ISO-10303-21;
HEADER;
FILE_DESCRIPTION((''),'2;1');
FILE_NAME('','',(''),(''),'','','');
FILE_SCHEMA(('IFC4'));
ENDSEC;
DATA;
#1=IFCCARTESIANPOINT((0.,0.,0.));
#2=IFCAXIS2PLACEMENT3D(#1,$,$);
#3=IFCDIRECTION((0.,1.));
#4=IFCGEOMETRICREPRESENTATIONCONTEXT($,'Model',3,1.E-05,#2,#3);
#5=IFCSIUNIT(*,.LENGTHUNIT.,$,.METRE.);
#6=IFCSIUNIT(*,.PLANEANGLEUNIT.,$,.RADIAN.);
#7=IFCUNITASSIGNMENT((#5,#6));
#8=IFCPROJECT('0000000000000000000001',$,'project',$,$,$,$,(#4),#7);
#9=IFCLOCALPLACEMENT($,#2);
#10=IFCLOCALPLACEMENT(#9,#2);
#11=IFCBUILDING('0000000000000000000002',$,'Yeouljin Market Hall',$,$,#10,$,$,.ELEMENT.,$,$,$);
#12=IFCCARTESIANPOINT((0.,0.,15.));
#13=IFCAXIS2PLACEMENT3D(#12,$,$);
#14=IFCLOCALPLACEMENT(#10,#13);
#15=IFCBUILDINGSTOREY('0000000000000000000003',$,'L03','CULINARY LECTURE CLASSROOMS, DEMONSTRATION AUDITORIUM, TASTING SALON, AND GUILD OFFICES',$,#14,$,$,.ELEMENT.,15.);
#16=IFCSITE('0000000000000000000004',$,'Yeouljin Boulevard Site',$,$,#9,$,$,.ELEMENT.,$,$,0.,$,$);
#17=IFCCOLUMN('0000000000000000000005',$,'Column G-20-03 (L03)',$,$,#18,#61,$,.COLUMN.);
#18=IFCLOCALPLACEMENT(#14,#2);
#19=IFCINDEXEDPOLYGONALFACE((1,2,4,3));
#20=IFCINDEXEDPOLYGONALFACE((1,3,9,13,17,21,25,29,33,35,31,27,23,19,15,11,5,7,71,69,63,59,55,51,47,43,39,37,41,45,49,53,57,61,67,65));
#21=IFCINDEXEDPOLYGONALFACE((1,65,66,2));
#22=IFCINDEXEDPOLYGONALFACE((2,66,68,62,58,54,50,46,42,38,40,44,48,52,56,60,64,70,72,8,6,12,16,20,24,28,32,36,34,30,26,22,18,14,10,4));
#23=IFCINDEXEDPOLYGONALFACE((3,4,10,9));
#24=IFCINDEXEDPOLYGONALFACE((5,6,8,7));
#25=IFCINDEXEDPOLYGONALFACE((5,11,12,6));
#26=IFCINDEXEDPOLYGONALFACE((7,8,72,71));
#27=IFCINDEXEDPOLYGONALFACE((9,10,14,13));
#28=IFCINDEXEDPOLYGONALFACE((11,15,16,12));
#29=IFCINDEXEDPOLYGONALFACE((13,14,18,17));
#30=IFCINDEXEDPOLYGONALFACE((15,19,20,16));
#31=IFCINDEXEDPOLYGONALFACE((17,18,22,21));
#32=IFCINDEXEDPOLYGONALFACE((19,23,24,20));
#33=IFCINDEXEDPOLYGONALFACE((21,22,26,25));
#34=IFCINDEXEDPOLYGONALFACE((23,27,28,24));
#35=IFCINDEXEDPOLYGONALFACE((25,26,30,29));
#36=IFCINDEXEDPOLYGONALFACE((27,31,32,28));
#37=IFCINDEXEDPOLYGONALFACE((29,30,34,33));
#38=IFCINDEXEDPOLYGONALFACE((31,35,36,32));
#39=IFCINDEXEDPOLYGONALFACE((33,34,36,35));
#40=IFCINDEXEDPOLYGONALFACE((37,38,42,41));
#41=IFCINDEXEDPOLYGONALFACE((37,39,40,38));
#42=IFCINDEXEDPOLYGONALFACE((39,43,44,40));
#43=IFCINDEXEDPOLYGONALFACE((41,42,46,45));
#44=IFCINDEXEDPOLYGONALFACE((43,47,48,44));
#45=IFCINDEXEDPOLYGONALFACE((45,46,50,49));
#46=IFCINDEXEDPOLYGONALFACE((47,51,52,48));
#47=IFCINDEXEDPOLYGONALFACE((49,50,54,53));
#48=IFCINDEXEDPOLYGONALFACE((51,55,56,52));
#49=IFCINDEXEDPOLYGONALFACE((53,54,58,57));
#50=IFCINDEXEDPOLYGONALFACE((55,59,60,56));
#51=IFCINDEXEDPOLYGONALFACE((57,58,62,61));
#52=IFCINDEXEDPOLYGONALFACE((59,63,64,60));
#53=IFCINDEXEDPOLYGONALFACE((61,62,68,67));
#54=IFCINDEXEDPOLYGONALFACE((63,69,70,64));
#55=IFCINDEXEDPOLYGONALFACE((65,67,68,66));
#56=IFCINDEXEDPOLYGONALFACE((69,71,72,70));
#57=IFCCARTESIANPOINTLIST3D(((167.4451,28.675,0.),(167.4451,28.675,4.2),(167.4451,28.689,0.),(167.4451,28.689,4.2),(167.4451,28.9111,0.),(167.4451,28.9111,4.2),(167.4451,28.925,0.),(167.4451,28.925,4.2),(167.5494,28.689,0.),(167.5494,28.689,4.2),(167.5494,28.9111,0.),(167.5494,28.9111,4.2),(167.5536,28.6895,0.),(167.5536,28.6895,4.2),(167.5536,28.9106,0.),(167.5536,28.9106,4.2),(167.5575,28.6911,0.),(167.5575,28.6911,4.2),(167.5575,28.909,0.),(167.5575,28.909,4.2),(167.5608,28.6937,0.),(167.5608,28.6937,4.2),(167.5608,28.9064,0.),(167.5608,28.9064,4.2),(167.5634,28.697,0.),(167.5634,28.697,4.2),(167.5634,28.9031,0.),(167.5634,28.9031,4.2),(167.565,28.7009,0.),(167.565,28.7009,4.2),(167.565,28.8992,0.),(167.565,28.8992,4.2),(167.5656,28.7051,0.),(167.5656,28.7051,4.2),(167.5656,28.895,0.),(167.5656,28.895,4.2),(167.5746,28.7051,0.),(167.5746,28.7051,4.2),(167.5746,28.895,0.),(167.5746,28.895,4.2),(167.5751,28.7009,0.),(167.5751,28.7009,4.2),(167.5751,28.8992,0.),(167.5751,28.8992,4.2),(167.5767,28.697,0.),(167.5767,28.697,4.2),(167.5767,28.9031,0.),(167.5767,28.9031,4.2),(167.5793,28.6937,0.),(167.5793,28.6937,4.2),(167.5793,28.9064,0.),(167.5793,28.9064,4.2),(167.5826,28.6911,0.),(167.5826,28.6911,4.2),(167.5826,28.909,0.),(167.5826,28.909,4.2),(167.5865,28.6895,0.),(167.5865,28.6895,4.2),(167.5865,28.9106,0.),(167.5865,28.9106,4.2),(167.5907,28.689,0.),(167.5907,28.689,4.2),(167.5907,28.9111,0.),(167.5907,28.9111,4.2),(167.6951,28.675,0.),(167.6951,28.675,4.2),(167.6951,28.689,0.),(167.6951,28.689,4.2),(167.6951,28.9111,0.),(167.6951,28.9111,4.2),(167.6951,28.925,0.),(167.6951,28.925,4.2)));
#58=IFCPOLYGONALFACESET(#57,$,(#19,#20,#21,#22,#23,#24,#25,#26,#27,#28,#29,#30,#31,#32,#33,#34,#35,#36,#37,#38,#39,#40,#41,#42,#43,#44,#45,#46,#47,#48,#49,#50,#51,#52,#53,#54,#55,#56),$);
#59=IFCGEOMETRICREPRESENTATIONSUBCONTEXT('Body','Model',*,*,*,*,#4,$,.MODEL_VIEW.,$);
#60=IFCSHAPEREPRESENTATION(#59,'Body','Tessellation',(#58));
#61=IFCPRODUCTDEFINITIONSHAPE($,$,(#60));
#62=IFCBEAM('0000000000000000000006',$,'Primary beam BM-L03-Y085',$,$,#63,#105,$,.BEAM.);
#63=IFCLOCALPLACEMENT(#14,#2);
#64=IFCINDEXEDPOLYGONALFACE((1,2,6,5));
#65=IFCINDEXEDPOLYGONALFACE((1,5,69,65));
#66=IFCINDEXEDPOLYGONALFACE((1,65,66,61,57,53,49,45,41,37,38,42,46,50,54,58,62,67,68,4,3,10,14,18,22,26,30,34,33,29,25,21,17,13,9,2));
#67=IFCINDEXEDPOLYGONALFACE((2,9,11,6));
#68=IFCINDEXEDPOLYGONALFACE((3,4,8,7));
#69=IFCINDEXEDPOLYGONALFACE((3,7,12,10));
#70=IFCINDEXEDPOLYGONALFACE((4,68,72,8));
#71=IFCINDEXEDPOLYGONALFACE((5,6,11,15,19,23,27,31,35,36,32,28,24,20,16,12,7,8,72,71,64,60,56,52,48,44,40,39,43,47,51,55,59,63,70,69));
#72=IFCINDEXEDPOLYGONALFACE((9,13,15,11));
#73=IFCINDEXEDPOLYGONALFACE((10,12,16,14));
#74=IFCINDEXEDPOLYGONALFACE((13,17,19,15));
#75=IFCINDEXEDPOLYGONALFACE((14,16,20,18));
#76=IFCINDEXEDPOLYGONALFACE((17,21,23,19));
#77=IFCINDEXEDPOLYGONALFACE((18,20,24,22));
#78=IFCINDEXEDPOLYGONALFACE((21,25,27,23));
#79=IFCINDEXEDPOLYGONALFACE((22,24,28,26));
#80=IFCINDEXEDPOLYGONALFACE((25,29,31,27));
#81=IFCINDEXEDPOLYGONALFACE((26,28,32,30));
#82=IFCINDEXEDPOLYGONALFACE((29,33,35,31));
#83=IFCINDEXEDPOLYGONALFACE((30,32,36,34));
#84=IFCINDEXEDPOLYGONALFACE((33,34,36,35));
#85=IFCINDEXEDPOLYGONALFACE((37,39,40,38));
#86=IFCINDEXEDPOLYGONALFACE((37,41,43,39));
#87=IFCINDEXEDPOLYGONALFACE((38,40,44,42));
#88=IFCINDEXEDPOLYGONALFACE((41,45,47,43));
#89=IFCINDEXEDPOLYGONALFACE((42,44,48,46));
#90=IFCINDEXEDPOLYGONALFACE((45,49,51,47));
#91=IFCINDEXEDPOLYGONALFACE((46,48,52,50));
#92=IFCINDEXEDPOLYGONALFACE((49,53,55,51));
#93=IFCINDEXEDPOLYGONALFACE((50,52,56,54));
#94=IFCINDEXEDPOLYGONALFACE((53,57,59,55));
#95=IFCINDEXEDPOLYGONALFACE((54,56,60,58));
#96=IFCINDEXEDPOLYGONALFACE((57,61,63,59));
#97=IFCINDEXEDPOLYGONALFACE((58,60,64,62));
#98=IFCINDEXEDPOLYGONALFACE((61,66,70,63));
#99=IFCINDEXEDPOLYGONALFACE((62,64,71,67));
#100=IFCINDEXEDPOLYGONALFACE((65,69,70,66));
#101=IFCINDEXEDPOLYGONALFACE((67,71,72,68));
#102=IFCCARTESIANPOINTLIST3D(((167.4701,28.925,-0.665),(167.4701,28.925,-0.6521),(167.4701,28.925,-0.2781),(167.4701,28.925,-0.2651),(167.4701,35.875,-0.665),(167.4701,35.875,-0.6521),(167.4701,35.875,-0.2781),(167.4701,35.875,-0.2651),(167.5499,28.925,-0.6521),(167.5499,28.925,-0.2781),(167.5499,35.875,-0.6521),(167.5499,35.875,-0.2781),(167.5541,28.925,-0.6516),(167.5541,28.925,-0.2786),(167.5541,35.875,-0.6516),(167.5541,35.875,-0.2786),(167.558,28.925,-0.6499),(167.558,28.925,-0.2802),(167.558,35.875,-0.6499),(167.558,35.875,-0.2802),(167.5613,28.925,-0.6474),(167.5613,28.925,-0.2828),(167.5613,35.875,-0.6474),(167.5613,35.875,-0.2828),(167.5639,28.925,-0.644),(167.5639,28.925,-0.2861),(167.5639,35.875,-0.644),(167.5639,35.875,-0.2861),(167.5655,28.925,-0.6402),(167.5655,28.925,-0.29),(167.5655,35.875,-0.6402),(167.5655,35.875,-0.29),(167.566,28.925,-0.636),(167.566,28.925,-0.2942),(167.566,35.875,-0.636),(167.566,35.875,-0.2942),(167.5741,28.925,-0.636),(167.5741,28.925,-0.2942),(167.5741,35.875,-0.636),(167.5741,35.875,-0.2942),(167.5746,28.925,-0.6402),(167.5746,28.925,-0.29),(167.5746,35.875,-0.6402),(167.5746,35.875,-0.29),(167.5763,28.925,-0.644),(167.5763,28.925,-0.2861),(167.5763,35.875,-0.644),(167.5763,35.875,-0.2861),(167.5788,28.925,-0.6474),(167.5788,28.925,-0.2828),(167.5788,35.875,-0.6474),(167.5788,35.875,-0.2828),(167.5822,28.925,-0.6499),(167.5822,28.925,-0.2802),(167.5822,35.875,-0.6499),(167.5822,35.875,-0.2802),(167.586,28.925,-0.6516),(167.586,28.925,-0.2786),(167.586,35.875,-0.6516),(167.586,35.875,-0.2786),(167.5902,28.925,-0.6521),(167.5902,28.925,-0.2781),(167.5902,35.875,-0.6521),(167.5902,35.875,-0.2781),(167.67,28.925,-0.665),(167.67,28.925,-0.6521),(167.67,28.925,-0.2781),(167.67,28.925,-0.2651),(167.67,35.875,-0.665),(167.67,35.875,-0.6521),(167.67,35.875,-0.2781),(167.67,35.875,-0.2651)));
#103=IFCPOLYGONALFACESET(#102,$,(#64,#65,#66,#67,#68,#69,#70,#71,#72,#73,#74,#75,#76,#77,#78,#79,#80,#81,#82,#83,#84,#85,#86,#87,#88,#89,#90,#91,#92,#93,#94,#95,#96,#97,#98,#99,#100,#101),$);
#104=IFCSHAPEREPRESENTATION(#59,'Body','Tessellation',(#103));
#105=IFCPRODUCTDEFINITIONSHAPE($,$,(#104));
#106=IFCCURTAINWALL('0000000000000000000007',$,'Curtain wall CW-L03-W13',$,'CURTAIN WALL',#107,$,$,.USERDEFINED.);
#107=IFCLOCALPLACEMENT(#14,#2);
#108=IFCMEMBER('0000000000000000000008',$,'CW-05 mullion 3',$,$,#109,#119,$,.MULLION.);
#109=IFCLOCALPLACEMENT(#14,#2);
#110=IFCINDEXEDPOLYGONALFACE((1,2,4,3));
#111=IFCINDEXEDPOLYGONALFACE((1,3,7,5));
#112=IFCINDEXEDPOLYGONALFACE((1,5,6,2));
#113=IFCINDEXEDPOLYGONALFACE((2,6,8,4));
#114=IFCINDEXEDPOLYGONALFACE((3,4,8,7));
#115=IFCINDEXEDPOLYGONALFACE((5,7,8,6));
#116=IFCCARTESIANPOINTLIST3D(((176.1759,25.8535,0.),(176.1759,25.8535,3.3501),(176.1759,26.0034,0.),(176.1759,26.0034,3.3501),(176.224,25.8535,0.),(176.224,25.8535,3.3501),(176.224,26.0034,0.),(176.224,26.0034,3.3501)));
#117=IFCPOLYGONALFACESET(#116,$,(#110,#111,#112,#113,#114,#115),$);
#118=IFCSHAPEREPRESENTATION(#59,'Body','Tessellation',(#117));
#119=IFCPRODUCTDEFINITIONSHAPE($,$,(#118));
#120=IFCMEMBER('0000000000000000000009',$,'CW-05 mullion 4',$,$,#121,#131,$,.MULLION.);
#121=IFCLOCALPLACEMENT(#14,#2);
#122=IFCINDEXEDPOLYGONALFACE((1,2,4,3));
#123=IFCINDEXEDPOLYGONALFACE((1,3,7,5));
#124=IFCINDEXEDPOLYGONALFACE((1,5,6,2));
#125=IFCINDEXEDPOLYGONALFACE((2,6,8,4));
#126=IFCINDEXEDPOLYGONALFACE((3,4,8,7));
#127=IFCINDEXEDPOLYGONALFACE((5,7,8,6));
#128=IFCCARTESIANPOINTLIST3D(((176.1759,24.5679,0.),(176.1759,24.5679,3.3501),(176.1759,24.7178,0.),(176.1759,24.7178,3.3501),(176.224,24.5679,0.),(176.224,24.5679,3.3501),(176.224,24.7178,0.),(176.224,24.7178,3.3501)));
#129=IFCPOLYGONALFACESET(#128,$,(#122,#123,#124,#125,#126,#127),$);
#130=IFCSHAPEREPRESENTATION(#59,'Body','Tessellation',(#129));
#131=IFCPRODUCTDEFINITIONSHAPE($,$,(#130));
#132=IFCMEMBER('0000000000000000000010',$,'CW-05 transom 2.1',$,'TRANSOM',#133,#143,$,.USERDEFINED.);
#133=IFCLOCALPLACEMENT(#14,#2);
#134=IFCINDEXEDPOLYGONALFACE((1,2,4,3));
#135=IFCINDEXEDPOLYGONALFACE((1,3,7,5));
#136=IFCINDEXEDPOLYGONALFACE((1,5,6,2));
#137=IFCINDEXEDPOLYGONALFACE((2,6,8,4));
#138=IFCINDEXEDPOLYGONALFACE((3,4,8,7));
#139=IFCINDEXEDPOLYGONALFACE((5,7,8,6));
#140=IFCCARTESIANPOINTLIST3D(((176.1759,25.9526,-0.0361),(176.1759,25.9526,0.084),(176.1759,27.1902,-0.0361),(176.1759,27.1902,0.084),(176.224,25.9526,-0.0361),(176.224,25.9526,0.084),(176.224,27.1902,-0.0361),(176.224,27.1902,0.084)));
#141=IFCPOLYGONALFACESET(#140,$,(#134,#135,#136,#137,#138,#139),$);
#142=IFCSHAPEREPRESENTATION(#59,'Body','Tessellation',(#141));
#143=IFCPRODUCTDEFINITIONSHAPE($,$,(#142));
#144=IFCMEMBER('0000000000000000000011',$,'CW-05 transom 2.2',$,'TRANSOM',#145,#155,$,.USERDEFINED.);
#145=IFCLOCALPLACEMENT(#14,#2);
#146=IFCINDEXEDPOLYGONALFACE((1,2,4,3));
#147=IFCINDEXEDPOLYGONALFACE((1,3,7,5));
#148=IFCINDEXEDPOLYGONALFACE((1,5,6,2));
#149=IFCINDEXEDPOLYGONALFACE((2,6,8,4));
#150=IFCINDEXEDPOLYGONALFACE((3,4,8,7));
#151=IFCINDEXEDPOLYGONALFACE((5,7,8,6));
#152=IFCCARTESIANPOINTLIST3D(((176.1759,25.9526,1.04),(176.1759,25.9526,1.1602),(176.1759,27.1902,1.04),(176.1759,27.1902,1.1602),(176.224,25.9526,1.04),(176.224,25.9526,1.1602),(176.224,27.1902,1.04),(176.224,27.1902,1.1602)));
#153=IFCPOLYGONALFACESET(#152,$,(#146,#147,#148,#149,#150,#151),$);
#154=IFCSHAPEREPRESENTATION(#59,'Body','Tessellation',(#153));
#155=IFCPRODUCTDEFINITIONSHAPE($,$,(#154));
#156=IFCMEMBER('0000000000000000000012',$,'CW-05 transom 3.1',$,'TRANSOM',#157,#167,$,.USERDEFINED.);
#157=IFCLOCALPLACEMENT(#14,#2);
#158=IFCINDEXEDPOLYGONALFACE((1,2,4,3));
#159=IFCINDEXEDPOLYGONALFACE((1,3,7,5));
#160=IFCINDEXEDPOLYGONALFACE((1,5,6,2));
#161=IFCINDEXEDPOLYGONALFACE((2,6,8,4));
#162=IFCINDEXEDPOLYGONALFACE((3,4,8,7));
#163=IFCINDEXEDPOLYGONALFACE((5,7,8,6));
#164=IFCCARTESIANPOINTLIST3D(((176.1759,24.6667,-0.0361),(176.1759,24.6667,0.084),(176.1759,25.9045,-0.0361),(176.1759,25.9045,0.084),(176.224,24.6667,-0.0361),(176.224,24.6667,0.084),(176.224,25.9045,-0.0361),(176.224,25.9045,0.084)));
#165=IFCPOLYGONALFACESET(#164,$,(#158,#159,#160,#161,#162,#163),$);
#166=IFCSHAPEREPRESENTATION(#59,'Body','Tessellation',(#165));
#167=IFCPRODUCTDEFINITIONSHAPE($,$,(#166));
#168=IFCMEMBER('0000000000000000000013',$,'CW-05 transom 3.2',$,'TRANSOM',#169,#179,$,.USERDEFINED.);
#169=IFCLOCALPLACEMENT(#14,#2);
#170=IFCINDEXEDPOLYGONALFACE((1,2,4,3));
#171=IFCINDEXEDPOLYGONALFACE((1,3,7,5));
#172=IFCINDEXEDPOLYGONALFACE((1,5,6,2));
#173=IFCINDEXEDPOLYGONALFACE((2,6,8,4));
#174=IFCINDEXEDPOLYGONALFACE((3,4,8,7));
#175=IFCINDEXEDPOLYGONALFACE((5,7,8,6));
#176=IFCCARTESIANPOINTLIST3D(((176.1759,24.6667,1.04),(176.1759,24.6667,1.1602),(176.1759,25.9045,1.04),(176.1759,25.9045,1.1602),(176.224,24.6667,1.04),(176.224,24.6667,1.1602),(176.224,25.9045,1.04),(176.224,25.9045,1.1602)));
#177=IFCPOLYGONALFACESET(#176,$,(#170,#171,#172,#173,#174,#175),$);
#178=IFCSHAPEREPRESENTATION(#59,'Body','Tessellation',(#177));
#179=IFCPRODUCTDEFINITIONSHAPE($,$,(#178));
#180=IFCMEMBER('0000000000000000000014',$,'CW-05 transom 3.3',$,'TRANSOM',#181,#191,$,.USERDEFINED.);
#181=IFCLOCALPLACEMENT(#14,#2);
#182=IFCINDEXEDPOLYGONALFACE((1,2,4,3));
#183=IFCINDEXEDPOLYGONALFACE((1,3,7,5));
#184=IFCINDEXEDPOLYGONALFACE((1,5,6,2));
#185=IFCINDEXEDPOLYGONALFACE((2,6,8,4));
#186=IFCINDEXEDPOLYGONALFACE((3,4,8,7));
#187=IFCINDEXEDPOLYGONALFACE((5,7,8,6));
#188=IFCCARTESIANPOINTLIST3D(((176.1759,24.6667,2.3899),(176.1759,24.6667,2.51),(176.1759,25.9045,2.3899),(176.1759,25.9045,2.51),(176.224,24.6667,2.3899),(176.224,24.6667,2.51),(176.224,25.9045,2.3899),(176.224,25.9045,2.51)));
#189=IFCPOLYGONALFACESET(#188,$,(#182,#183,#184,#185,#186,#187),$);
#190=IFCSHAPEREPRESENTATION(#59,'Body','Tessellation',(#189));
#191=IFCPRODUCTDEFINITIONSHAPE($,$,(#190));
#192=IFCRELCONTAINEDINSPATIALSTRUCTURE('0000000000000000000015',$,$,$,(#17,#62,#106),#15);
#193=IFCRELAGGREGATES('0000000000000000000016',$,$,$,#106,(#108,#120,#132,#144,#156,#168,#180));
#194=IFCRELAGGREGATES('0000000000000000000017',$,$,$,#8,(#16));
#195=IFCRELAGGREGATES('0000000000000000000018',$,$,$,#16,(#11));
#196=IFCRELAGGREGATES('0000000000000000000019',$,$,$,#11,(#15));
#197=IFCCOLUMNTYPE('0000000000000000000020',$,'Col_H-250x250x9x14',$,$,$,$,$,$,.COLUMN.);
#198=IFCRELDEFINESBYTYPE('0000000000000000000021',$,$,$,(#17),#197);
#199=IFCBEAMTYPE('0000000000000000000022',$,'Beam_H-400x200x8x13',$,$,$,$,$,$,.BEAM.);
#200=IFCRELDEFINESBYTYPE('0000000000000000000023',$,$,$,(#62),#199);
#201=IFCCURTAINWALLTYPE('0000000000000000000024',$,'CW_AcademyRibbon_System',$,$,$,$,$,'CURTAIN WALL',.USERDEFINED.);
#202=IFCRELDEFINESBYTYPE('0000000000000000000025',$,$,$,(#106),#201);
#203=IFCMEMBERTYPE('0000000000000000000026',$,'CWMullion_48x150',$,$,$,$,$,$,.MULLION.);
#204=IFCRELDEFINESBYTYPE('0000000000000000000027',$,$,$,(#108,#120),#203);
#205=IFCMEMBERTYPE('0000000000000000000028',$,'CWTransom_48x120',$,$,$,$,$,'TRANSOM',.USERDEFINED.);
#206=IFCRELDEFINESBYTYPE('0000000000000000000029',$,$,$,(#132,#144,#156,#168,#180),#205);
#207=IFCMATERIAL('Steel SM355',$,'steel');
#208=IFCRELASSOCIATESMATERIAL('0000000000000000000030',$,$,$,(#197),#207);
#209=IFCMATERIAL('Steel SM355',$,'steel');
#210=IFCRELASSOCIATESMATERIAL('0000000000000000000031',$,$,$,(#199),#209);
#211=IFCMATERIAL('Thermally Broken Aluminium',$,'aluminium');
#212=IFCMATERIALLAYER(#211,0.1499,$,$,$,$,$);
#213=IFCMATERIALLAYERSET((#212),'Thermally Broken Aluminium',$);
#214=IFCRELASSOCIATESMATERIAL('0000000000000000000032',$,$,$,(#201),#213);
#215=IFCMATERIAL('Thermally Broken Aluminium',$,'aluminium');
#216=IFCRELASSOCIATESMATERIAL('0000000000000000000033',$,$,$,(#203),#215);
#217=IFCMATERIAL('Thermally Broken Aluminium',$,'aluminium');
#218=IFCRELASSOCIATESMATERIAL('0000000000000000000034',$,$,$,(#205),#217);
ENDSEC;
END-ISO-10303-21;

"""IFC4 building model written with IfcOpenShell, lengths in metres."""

from ifc_helpers import new_model, si_unit, direction, frame, origin, origin_2d, place, context, subcontext, project, spatial, rectangle, i_section, extrude, material, layer, layer_set, material_profile, profile_set, type_object, element, aggregate, save


model = new_model("IFC4")

# Units and contexts
model_context = context("Model", 3, precision=1e-05, world=origin(), true_north=direction((0.0, 1.0)))
body_context = subcontext(model_context, "Body", "Model", "MODEL_VIEW")
ifc_project = project(units=[si_unit("LENGTHUNIT", "METRE"), si_unit("PLANEANGLEUNIT", "RADIAN")], contexts=[model_context])

# Site, building, storey
site_placement = place(None, origin())
site = spatial("IfcSite", under=ifc_project, at=site_placement, Name="Yeouljin Boulevard Site", CompositionType="ELEMENT", RefElevation=0.0)
building_placement = place(site_placement, origin())
building = spatial("IfcBuilding", under=site, at=building_placement, Name="Yeouljin Market Hall", CompositionType="ELEMENT")
storey_placement = place(building_placement, frame((0.0, 0.0, 15.0)))
storey = spatial("IfcBuildingStorey", under=building, at=storey_placement, Name="L03", Description="CULINARY LECTURE CLASSROOMS, DEMONSTRATION AUDITORIUM, TASTING SALON, AND GUILD OFFICES", CompositionType="ELEMENT", Elevation=15.0)

# Column
ifc_material_1 = material(Name="Steel SM355", Category="steel")
ifc_material_profile_1 = material_profile(ifc_material_1, i_section(OverallWidth=0.25, OverallDepth=0.25, WebThickness=0.009, FlangeThickness=0.0139, FilletRadius=0.0161, at=origin_2d()), Name="H-250x250x9x14")
ifc_profile_set_1 = profile_set([ifc_material_profile_1], Name="Steel SM355")
column_type = type_object("IfcColumnType", Name="Col_H-250x250x9x14", PredefinedType="COLUMN", material=ifc_profile_set_1)
column_placement = place(storey_placement, frame((167.5701, 28.8, 0.0), z_axis=(0.0, 0.0, 1.0), x_axis=(1.0, 0.0, 0.0)))
element("IfcColumn", 1, at=column_placement, inside=storey, type_object=column_type, Name="Column G-20-03 (L03)", PredefinedType="COLUMN", context=body_context, shape_type="SweptSolid", body=[
    extrude(i_section(OverallWidth=0.25, OverallDepth=0.25, WebThickness=0.009, FlangeThickness=0.0139, FilletRadius=0.0161, at=origin_2d()), origin(), (0.0, 0.0, 1.0), 4.2),
])

# Beam
ifc_material_2 = material(Name="Steel SM355", Category="steel")
ifc_material_profile_2 = material_profile(ifc_material_2, i_section(OverallWidth=0.2, OverallDepth=0.3999, WebThickness=0.0081, FlangeThickness=0.0129, FilletRadius=0.0161, at=origin_2d()), Name="H-400x200x8x13")
ifc_profile_set_2 = profile_set([ifc_material_profile_2], Name="Steel SM355")
beam_type_1 = type_object("IfcBeamType", Name="Beam_H-400x200x8x13", PredefinedType="BEAM", material=ifc_profile_set_2)
beam_placement = place(storey_placement, frame((167.5701, 28.925, -0.4651), z_axis=(0.0, 1.0, 0.0), x_axis=(-1.0, 0.0, 0.0)))
element("IfcBeam", 2, at=beam_placement, inside=storey, type_object=beam_type_1, Name="Primary beam BM-L03-Y085", PredefinedType="BEAM", context=body_context, shape_type="SweptSolid", body=[
    extrude(i_section(OverallWidth=0.2, OverallDepth=0.3999, WebThickness=0.0081, FlangeThickness=0.0129, FilletRadius=0.0161, at=origin_2d()), origin(), (0.0, 0.0, 1.0), 6.95),
])

# Curtain wall, members
ifc_material_3 = material(Name="Thermally Broken Aluminium", Category="aluminium")
ifc_layer_1 = layer(ifc_material_3, 0.1499)
ifc_layer_set_1 = layer_set([ifc_layer_1], Name="Thermally Broken Aluminium")
curtain_wall_type = type_object("IfcCurtainWallType", Name="CW_AcademyRibbon_System", ElementType="CURTAIN WALL", PredefinedType="USERDEFINED", material=ifc_layer_set_1)
curtain_wall_placement = place(storey_placement, origin())
curtain_wall = element("IfcCurtainWall", 3, at=curtain_wall_placement, inside=storey, type_object=curtain_wall_type, Name="Curtain wall CW-L03-W13", ObjectType="CURTAIN WALL", PredefinedType="USERDEFINED")
ifc_material_4 = material(Name="Thermally Broken Aluminium", Category="aluminium")
ifc_material_profile_3 = material_profile(ifc_material_4, rectangle(XDim=0.0481, YDim=0.1499, at=origin_2d()), Name="CW-MULL-48x150")
ifc_profile_set_3 = profile_set([ifc_material_profile_3], Name="Thermally Broken Aluminium")
member_type_1 = type_object("IfcMemberType", Name="CWMullion_48x150", PredefinedType="MULLION", material=ifc_profile_set_3)
member_1_placement = place(storey_placement, frame((176.2, 25.9285, 0.0), z_axis=(0.0, 0.0, 1.0), x_axis=(1.0, 0.0, 0.0)))
member_1 = element("IfcMember", 4, at=member_1_placement, type_object=member_type_1, Name="CW-05 mullion 3", PredefinedType="MULLION", context=body_context, shape_type="SweptSolid", body=[
    extrude(rectangle(XDim=0.0481, YDim=0.1499, at=origin_2d()), origin(), (0.0, 0.0, 1.0), 3.3501),
])
member_2_placement = place(storey_placement, frame((176.2, 24.6428, 0.0), z_axis=(0.0, 0.0, 1.0), x_axis=(1.0, 0.0, 0.0)))
member_2 = element("IfcMember", 5, at=member_2_placement, type_object=member_type_1, Name="CW-05 mullion 4", PredefinedType="MULLION", context=body_context, shape_type="SweptSolid", body=[
    extrude(rectangle(XDim=0.0481, YDim=0.1499, at=origin_2d()), origin(), (0.0, 0.0, 1.0), 3.3501),
])
ifc_material_5 = material(Name="Thermally Broken Aluminium", Category="aluminium")
ifc_material_profile_4 = material_profile(ifc_material_5, rectangle(XDim=0.0481, YDim=0.1201, at=origin_2d()), Name="CW-TRAN-48x120")
ifc_profile_set_4 = profile_set([ifc_material_profile_4], Name="Thermally Broken Aluminium")
member_type_2 = type_object("IfcMemberType", Name="CWTransom_48x120", ElementType="TRANSOM", PredefinedType="USERDEFINED", material=ifc_profile_set_4)
member_3_placement = place(storey_placement, frame((176.2, 27.1902, 0.0239), z_axis=(0.0, -1.0, 0.0), x_axis=(1.0, 0.0, 0.0)))
member_3 = element("IfcMember", 6, at=member_3_placement, type_object=member_type_2, Name="CW-05 transom 2.1", ObjectType="TRANSOM", PredefinedType="USERDEFINED", context=body_context, shape_type="SweptSolid", body=[
    extrude(rectangle(XDim=0.0481, YDim=0.1201, at=origin_2d()), origin(), (0.0, 0.0, 1.0), 1.2375),
])
member_4_placement = place(storey_placement, frame((176.2, 27.1902, 1.1001), z_axis=(0.0, -1.0, 0.0), x_axis=(1.0, 0.0, 0.0)))
member_4 = element("IfcMember", 7, at=member_4_placement, type_object=member_type_2, Name="CW-05 transom 2.2", ObjectType="TRANSOM", PredefinedType="USERDEFINED", context=body_context, shape_type="SweptSolid", body=[
    extrude(rectangle(XDim=0.0481, YDim=0.1201, at=origin_2d()), origin(), (0.0, 0.0, 1.0), 1.2375),
])
member_5_placement = place(storey_placement, frame((176.2, 25.9045, 0.0239), z_axis=(0.0, -1.0, 0.0), x_axis=(1.0, 0.0, 0.0)))
member_5 = element("IfcMember", 8, at=member_5_placement, type_object=member_type_2, Name="CW-05 transom 3.1", ObjectType="TRANSOM", PredefinedType="USERDEFINED", context=body_context, shape_type="SweptSolid", body=[
    extrude(rectangle(XDim=0.0481, YDim=0.1201, at=origin_2d()), origin(), (0.0, 0.0, 1.0), 1.2378),
])
member_6_placement = place(storey_placement, frame((176.2, 25.9045, 1.1001), z_axis=(0.0, -1.0, 0.0), x_axis=(1.0, 0.0, 0.0)))
member_6 = element("IfcMember", 9, at=member_6_placement, type_object=member_type_2, Name="CW-05 transom 3.2", ObjectType="TRANSOM", PredefinedType="USERDEFINED", context=body_context, shape_type="SweptSolid", body=[
    extrude(rectangle(XDim=0.0481, YDim=0.1201, at=origin_2d()), origin(), (0.0, 0.0, 1.0), 1.2378),
])
member_7_placement = place(storey_placement, frame((176.2, 25.9045, 2.45), z_axis=(0.0, -1.0, 0.0), x_axis=(1.0, 0.0, 0.0)))
member_7 = element("IfcMember", 10, at=member_7_placement, type_object=member_type_2, Name="CW-05 transom 3.3", ObjectType="TRANSOM", PredefinedType="USERDEFINED", context=body_context, shape_type="SweptSolid", body=[
    extrude(rectangle(XDim=0.0481, YDim=0.1201, at=origin_2d()), origin(), (0.0, 0.0, 1.0), 1.2378),
])

aggregate(curtain_wall, [member_1, member_2, member_3, member_4, member_5, member_6, member_7])

save(model, "model.ifc")
